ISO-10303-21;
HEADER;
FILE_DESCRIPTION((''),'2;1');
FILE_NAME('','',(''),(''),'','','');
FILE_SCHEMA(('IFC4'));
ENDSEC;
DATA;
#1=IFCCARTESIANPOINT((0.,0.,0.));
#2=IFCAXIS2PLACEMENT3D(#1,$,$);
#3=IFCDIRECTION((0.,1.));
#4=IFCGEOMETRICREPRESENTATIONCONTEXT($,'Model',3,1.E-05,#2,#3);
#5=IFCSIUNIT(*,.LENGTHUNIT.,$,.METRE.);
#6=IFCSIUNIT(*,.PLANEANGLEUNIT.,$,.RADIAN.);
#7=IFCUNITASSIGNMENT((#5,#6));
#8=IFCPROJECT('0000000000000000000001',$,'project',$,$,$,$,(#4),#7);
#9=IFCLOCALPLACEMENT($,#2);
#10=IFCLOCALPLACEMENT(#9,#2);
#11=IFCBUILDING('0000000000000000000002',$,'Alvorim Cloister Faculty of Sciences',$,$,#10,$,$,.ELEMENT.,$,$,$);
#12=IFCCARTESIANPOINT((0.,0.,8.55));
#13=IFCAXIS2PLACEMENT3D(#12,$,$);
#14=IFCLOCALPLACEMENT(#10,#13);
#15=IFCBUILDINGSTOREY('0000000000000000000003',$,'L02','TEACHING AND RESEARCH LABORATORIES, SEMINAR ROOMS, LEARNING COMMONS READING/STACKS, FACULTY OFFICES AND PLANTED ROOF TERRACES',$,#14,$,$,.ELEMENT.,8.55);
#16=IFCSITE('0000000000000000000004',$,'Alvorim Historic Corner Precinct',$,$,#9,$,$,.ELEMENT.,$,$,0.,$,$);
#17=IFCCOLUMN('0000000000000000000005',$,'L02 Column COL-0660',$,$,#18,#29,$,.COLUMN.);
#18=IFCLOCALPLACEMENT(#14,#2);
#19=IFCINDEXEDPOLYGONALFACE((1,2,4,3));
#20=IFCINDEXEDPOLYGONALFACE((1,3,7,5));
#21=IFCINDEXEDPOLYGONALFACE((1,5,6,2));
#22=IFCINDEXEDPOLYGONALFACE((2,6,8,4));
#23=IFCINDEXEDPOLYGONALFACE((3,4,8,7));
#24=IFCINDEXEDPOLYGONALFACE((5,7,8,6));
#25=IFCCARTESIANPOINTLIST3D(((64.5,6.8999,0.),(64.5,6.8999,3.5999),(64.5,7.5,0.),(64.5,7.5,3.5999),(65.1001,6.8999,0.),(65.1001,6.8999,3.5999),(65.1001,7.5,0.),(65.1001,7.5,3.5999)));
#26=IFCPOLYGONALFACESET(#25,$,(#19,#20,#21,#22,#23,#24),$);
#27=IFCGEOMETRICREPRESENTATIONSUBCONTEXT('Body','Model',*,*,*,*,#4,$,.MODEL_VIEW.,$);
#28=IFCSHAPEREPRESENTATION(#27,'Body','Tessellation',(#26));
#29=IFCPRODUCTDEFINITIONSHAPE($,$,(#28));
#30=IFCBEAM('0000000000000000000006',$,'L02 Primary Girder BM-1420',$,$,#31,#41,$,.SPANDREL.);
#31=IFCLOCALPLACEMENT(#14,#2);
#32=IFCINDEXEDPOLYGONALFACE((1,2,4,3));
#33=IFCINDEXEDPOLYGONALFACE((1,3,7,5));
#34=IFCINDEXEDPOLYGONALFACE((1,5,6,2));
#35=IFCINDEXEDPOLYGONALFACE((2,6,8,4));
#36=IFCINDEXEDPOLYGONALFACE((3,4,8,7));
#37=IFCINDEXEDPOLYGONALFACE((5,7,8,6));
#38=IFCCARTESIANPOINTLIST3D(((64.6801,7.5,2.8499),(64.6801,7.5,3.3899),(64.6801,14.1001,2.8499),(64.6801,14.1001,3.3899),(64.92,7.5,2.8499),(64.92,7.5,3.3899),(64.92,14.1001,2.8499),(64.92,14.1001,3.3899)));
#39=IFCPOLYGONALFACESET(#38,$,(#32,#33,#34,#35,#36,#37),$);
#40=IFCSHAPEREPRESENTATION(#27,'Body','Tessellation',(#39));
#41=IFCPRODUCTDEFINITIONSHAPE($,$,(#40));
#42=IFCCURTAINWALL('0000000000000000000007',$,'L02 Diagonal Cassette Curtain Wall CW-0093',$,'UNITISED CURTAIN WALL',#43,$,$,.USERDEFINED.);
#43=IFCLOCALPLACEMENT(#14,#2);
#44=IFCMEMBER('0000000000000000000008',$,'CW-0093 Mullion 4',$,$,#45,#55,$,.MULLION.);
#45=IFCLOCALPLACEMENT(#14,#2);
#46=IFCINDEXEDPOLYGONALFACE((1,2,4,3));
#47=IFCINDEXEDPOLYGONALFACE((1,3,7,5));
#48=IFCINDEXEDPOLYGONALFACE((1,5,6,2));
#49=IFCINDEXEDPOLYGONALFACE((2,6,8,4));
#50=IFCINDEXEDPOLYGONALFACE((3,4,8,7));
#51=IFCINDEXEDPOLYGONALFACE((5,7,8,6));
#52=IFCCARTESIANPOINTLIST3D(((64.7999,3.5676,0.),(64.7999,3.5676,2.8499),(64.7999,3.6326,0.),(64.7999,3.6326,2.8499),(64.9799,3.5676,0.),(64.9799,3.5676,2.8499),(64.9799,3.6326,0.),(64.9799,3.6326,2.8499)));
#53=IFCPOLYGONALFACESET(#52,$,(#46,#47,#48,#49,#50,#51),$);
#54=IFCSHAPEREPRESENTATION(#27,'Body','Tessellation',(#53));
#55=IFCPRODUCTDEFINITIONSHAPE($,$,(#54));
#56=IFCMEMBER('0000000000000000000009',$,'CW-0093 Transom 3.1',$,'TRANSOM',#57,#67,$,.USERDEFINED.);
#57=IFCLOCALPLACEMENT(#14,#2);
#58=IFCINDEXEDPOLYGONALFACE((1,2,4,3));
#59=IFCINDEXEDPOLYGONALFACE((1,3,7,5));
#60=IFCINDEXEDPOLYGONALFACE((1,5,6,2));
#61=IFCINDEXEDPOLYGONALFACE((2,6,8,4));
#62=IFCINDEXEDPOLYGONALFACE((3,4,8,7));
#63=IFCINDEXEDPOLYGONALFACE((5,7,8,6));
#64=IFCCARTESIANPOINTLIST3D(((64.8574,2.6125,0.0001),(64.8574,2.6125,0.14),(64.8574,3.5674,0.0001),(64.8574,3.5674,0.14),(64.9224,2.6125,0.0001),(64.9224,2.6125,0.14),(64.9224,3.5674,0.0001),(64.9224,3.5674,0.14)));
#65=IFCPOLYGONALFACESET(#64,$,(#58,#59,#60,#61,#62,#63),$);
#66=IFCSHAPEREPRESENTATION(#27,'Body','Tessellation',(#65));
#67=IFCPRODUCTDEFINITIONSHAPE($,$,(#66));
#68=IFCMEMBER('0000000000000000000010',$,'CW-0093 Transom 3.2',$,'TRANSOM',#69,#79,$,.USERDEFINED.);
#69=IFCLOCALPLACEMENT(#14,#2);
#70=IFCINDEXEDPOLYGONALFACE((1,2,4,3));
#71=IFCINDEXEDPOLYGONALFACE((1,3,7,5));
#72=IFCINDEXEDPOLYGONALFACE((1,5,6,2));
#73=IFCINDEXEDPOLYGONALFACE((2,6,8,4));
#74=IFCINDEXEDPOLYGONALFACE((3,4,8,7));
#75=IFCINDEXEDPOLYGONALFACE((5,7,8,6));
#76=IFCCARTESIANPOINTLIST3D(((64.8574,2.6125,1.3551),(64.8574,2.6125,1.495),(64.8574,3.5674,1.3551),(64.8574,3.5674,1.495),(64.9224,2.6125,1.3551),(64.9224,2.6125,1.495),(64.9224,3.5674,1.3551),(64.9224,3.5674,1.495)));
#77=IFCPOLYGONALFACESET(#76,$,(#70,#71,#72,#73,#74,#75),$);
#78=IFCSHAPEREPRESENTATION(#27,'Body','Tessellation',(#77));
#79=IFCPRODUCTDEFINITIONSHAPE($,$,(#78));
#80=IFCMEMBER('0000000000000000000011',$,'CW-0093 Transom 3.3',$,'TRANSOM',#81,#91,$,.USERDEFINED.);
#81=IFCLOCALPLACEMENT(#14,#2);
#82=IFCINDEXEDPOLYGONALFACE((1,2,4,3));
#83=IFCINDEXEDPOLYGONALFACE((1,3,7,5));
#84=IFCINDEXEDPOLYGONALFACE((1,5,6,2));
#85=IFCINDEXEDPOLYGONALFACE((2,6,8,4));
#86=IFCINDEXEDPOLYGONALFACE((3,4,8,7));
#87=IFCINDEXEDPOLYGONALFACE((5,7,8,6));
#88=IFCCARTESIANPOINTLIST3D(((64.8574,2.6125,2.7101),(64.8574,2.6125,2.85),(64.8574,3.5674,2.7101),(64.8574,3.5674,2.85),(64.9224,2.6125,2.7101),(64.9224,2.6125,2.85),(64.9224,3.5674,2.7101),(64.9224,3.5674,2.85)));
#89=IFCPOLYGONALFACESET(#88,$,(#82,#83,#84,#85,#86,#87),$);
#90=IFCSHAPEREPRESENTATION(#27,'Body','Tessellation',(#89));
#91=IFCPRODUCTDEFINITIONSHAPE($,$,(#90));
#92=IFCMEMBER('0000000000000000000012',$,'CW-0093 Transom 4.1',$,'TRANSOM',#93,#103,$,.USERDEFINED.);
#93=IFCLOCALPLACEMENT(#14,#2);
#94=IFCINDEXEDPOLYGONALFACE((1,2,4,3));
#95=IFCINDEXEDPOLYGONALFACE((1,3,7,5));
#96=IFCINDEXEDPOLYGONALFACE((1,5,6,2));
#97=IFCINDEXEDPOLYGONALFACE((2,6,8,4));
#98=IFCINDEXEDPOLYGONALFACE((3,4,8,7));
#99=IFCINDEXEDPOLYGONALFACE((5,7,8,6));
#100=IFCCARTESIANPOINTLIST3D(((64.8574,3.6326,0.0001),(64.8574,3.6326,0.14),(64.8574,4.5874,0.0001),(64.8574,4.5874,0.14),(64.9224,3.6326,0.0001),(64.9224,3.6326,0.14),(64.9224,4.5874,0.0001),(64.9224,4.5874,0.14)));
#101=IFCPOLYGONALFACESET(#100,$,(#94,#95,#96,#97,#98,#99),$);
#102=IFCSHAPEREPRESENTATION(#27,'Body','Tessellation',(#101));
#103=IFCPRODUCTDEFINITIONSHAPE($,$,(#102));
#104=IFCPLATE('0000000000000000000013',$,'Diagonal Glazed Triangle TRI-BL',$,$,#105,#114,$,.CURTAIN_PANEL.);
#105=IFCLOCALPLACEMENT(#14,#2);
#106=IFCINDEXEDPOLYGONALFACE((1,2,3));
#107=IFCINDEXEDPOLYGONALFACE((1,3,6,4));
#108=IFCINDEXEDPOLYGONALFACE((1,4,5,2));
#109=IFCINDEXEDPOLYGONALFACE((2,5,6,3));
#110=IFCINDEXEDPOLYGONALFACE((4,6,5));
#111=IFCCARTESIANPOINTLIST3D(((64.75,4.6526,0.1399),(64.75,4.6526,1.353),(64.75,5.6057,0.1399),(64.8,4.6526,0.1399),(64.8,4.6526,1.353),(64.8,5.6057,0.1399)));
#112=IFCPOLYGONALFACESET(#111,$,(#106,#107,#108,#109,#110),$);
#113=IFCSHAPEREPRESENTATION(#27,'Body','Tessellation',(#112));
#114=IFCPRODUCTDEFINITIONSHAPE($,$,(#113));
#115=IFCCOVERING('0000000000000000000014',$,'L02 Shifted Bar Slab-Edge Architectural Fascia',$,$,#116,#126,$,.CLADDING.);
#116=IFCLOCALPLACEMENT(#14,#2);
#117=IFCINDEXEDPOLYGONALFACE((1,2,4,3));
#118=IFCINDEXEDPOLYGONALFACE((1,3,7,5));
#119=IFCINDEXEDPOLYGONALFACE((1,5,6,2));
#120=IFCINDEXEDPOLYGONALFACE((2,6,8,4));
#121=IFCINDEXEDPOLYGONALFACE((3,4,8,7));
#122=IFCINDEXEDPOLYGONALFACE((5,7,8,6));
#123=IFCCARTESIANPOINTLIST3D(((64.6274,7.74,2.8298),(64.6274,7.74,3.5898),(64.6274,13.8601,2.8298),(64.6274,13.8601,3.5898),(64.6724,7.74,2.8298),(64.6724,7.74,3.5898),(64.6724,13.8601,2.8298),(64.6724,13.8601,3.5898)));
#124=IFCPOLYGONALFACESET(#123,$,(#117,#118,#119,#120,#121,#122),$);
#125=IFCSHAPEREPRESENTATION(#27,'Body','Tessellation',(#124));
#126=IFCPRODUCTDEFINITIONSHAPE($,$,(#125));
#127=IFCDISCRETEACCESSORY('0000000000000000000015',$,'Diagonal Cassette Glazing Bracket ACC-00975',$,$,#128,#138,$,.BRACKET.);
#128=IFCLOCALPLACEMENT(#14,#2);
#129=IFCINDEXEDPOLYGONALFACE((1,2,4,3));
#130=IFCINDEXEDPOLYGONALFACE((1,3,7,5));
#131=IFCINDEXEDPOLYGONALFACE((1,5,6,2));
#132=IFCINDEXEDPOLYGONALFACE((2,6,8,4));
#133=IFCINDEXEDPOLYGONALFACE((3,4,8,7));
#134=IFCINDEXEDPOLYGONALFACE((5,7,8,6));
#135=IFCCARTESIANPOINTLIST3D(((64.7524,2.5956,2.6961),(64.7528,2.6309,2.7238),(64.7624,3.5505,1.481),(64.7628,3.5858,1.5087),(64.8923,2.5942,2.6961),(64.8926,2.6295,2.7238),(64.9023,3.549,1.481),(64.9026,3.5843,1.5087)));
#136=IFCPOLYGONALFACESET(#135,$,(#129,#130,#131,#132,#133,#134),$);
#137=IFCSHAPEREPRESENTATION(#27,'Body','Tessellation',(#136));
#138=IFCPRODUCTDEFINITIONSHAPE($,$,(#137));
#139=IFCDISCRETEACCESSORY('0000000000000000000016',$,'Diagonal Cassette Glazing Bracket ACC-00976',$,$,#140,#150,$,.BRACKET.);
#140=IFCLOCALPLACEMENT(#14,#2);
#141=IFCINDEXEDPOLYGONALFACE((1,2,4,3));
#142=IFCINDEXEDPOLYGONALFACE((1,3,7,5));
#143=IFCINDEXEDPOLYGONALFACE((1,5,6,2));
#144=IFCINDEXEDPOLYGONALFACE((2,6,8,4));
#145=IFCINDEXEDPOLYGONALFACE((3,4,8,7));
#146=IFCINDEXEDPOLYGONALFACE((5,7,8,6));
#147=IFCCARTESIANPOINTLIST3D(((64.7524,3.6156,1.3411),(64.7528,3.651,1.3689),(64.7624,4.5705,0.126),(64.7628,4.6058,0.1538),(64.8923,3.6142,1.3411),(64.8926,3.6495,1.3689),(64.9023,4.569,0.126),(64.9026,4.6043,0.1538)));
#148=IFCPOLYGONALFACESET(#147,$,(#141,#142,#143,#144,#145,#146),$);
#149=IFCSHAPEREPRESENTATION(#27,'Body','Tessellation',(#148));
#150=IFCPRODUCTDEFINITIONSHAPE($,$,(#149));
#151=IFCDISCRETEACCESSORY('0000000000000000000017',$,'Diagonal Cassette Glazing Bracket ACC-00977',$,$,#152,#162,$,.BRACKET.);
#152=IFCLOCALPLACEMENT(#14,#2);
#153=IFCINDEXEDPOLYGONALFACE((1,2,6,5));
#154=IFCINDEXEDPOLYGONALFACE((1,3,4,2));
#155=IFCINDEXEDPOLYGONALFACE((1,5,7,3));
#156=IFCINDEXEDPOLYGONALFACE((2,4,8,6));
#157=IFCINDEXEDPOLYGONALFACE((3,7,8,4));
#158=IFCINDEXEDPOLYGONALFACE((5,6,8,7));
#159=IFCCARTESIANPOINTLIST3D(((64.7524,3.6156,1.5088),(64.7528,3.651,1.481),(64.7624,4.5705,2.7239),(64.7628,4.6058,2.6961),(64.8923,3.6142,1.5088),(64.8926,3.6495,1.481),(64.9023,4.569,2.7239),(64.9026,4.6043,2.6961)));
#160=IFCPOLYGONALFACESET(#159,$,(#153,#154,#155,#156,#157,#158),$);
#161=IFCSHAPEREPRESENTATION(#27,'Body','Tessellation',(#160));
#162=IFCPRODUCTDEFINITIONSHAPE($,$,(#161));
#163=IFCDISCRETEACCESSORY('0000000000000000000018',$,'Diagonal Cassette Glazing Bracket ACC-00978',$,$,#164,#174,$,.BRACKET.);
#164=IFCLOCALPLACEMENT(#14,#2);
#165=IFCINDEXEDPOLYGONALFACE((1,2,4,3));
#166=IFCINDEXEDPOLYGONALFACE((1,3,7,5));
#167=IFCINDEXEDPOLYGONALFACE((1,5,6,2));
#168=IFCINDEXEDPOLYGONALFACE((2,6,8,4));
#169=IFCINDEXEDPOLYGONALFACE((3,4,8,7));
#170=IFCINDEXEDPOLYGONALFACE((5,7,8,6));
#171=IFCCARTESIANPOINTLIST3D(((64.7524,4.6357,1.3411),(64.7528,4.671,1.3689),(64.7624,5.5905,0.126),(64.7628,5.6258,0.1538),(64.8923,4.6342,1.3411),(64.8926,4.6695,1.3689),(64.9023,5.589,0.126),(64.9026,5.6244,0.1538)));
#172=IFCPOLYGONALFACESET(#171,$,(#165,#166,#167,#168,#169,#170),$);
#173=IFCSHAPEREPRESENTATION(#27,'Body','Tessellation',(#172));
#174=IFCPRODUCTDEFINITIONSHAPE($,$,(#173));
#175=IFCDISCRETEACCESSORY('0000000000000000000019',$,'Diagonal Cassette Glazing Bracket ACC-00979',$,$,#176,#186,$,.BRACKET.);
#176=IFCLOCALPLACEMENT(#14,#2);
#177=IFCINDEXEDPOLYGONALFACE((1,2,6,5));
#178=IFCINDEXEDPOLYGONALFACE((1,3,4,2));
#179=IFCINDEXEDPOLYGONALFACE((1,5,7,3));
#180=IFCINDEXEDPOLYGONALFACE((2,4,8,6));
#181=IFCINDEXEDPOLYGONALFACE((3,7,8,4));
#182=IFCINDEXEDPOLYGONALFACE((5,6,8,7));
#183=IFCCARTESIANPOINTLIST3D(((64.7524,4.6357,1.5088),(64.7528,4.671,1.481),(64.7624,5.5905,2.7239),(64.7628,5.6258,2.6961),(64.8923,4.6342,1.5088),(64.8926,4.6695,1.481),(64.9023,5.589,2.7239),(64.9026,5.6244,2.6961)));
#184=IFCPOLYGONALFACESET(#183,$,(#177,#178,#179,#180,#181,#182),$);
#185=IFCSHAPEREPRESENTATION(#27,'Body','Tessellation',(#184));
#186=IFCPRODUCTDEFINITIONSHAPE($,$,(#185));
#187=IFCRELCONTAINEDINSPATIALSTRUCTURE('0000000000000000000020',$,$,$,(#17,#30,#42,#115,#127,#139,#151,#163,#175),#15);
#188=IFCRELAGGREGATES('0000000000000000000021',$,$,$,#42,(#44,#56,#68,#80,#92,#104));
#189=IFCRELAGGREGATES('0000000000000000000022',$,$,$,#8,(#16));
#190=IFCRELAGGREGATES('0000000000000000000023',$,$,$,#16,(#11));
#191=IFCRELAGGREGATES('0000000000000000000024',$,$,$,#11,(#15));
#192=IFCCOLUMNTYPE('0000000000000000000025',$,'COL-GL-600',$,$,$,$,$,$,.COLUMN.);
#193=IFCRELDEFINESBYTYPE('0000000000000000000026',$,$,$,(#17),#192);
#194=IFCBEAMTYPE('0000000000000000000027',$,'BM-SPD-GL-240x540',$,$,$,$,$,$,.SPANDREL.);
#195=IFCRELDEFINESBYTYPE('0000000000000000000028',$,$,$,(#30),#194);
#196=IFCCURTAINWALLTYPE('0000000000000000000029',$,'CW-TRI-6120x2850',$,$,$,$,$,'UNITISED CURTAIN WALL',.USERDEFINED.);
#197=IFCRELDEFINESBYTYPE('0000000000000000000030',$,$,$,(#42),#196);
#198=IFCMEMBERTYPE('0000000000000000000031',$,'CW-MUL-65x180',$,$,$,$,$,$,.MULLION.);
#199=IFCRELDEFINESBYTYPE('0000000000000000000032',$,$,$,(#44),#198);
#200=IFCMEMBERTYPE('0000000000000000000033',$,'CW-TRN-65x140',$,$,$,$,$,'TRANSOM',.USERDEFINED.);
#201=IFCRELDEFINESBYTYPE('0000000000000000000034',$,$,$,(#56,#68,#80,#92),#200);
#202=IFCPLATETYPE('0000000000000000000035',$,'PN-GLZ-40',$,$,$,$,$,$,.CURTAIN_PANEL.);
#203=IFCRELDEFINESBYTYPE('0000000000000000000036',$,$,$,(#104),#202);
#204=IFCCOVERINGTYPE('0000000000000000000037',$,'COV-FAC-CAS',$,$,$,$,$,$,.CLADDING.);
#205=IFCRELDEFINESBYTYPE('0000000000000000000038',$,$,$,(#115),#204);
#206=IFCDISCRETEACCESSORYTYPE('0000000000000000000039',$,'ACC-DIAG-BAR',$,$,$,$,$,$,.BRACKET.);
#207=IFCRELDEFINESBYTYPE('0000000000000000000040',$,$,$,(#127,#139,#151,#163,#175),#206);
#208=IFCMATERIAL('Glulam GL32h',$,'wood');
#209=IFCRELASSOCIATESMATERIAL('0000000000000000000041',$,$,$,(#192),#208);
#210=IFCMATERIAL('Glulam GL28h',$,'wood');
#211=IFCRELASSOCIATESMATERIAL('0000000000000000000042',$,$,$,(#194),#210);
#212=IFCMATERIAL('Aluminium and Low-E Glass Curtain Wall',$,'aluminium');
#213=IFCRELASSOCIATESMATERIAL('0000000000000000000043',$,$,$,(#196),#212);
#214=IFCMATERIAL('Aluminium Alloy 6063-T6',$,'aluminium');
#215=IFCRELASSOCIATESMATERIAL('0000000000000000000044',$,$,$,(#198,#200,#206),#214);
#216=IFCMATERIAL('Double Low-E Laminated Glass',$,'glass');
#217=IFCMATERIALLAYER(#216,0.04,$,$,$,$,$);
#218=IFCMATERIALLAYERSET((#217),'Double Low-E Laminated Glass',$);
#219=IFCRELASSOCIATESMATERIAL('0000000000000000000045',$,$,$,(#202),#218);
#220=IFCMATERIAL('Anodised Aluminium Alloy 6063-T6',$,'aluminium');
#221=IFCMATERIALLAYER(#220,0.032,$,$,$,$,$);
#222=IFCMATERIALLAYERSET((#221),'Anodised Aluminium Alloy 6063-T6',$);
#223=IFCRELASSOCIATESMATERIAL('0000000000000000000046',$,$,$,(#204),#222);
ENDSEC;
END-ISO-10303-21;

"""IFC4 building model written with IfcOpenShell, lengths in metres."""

from ifc_helpers import new_model, si_unit, direction, frame, origin, origin_2d, place, context, subcontext, project, spatial, polyline, rectangle, outline, extrude, material, layer, layer_set, material_profile, profile_set, type_object, element, aggregate, save


model = new_model("IFC4")

# Units and contexts
model_context = context("Model", 3, precision=1e-05, world=origin(), true_north=direction((0.0, 1.0)))
body_context = subcontext(model_context, "Body", "Model", "MODEL_VIEW")
ifc_project = project(units=[si_unit("LENGTHUNIT", "METRE"), si_unit("PLANEANGLEUNIT", "RADIAN")], contexts=[model_context])

# Site, building, storey
site_placement = place(None, origin())
site = spatial("IfcSite", under=ifc_project, at=site_placement, Name="Alvorim Historic Corner Precinct", CompositionType="ELEMENT", RefElevation=0.0)
building_placement = place(site_placement, origin())
building = spatial("IfcBuilding", under=site, at=building_placement, Name="Alvorim Cloister Faculty of Sciences", CompositionType="ELEMENT")
storey_placement = place(building_placement, frame((0.0, 0.0, 8.55)))
storey = spatial("IfcBuildingStorey", under=building, at=storey_placement, Name="L02", Description="TEACHING AND RESEARCH LABORATORIES, SEMINAR ROOMS, LEARNING COMMONS READING/STACKS, FACULTY OFFICES AND PLANTED ROOF TERRACES", CompositionType="ELEMENT", Elevation=8.55)

# Column
ifc_material_1 = material(Name="Glulam GL32h", Category="wood")
ifc_material_profile_1 = material_profile(ifc_material_1, rectangle(XDim=0.6001, YDim=0.6001, at=origin_2d()), Name="GL32-COL-600x600")
ifc_profile_set_1 = profile_set([ifc_material_profile_1], Name="Glulam GL32h")
column_type = type_object("IfcColumnType", Name="COL-GL-600", PredefinedType="COLUMN", material=ifc_profile_set_1)
column_placement = place(storey_placement, frame((64.8, 7.2, 0.0), z_axis=(0.0, 0.0, 1.0), x_axis=(1.0, 0.0, 0.0)))
element("IfcColumn", 1, at=column_placement, inside=storey, type_object=column_type, Name="L02 Column COL-0660", PredefinedType="COLUMN", context=body_context, shape_type="SweptSolid", body=[
    extrude(rectangle(XDim=0.6001, YDim=0.6001, at=origin_2d()), origin(), (0.0, 0.0, 1.0), 3.5999),
])

# Beam
ifc_material_2 = material(Name="Glulam GL28h", Category="wood")
ifc_material_profile_2 = material_profile(ifc_material_2, rectangle(XDim=0.24, YDim=0.54, at=origin_2d()), Name="GL28-SPD-240x540")
ifc_profile_set_2 = profile_set([ifc_material_profile_2], Name="Glulam GL28h")
beam_type = type_object("IfcBeamType", Name="BM-SPD-GL-240x540", PredefinedType="SPANDREL", material=ifc_profile_set_2)
beam_placement = place(storey_placement, frame((64.8, 7.5, 3.1199), z_axis=(0.0, 1.0, 0.0), x_axis=(-1.0, 0.0, 0.0)))
element("IfcBeam", 2, at=beam_placement, inside=storey, type_object=beam_type, Name="L02 Primary Girder BM-1420", PredefinedType="SPANDREL", context=body_context, shape_type="SweptSolid", body=[
    extrude(rectangle(XDim=0.24, YDim=0.54, at=origin_2d()), origin(), (0.0, 0.0, 1.0), 6.6001),
])

# Curtain wall, members, plate
ifc_material_3 = material(Name="Aluminium and Low-E Glass Curtain Wall", Category="aluminium")
curtain_wall_type = type_object("IfcCurtainWallType", Name="CW-TRI-6120x2850", ElementType="UNITISED CURTAIN WALL", PredefinedType="USERDEFINED", material=ifc_material_3)
curtain_wall_1_placement = place(storey_placement, origin())
curtain_wall_1 = element("IfcCurtainWall", 3, at=curtain_wall_1_placement, inside=storey, type_object=curtain_wall_type, Name="L02 Diagonal Cassette Curtain Wall CW-0093", ObjectType="UNITISED CURTAIN WALL", PredefinedType="USERDEFINED")
ifc_material_4 = material(Name="Aluminium Alloy 6063-T6", Category="aluminium")
ifc_material_profile_3 = material_profile(ifc_material_4, rectangle(XDim=0.0649, YDim=0.1799, at=origin_2d()), Name="ALU-MUL-65x180")
ifc_profile_set_3 = profile_set([ifc_material_profile_3], Name="Aluminium Alloy 6063-T6")
member_type_1 = type_object("IfcMemberType", Name="CW-MUL-65x180", PredefinedType="MULLION", material=ifc_profile_set_3)
member_1_placement = place(storey_placement, frame((64.8899, 3.6001, 0.0), z_axis=(0.0, 0.0, 1.0), x_axis=(0.0, 1.0, 0.0)))
member_1 = element("IfcMember", 4, at=member_1_placement, type_object=member_type_1, Name="CW-0093 Mullion 4", PredefinedType="MULLION", context=body_context, shape_type="SweptSolid", body=[
    extrude(rectangle(XDim=0.0649, YDim=0.1799, at=origin_2d()), origin(), (0.0, 0.0, 1.0), 2.8499),
])
ifc_material_profile_4 = material_profile(ifc_material_4, rectangle(XDim=0.0649, YDim=0.1399, at=origin_2d()), Name="ALU-TRN-65x140")
ifc_profile_set_4 = profile_set([ifc_material_profile_4], Name="Aluminium Alloy 6063-T6")
member_type_2 = type_object("IfcMemberType", Name="CW-TRN-65x140", ElementType="TRANSOM", PredefinedType="USERDEFINED", material=ifc_profile_set_4)
member_2_placement = place(storey_placement, frame((64.8899, 2.6125, 0.0701), z_axis=(0.0, 1.0, 0.0), x_axis=(-1.0, 0.0, 0.0)))
member_2 = element("IfcMember", 5, at=member_2_placement, type_object=member_type_2, Name="CW-0093 Transom 3.1", ObjectType="TRANSOM", PredefinedType="USERDEFINED", context=body_context, shape_type="SweptSolid", body=[
    extrude(rectangle(XDim=0.0649, YDim=0.1399, at=origin_2d()), origin(), (0.0, 0.0, 1.0), 0.9548),
])
member_3_placement = place(storey_placement, frame((64.8899, 2.6125, 1.425), z_axis=(0.0, 1.0, 0.0), x_axis=(-1.0, 0.0, 0.0)))
member_3 = element("IfcMember", 6, at=member_3_placement, type_object=member_type_2, Name="CW-0093 Transom 3.2", ObjectType="TRANSOM", PredefinedType="USERDEFINED", context=body_context, shape_type="SweptSolid", body=[
    extrude(rectangle(XDim=0.0649, YDim=0.1399, at=origin_2d()), origin(), (0.0, 0.0, 1.0), 0.9548),
])
member_4_placement = place(storey_placement, frame((64.8899, 2.6125, 2.78), z_axis=(0.0, 1.0, 0.0), x_axis=(-1.0, 0.0, 0.0)))
member_4 = element("IfcMember", 7, at=member_4_placement, type_object=member_type_2, Name="CW-0093 Transom 3.3", ObjectType="TRANSOM", PredefinedType="USERDEFINED", context=body_context, shape_type="SweptSolid", body=[
    extrude(rectangle(XDim=0.0649, YDim=0.1399, at=origin_2d()), origin(), (0.0, 0.0, 1.0), 0.9548),
])
member_5_placement = place(storey_placement, frame((64.8899, 3.6326, 0.0701), z_axis=(0.0, 1.0, 0.0), x_axis=(-1.0, 0.0, 0.0)))
member_5 = element("IfcMember", 8, at=member_5_placement, type_object=member_type_2, Name="CW-0093 Transom 4.1", ObjectType="TRANSOM", PredefinedType="USERDEFINED", context=body_context, shape_type="SweptSolid", body=[
    extrude(rectangle(XDim=0.0649, YDim=0.1399, at=origin_2d()), origin(), (0.0, 0.0, 1.0), 0.9548),
])
ifc_material_5 = material(Name="Double Low-E Laminated Glass", Category="glass")
ifc_layer_1 = layer(ifc_material_5, 0.04)
ifc_layer_set_1 = layer_set([ifc_layer_1], Name="Double Low-E Laminated Glass")
plate_type = type_object("IfcPlateType", Name="PN-GLZ-40", PredefinedType="CURTAIN_PANEL", material=ifc_layer_set_1)
plate_1_placement = place(storey_placement, frame((64.7749, 4.6526, 0.1399), z_axis=(0.0, 0.0, 1.0), x_axis=(0.0, 1.0, 0.0)))
plate_1 = element("IfcPlate", 9, at=plate_1_placement, type_object=plate_type, Name="Diagonal Glazed Triangle TRI-BL", PredefinedType="CURTAIN_PANEL", context=body_context, shape_type="SweptSolid", body=[
    extrude(outline(polyline([(0.0, 0.0), (0.9531, 0.0), (0.0, 1.2131), (0.0, 0.0)])), frame((0.0, 0.0249, 0.0), z_axis=(0.0, -1.0, 0.0), x_axis=(1.0, 0.0, 0.0)), (0.0, 0.0, 1.0), 0.05),
])
aggregate(curtain_wall_1, [member_1, member_2, member_3, member_4, member_5, plate_1])

# Covering
ifc_material_6 = material(Name="Anodised Aluminium Alloy 6063-T6", Category="aluminium")
ifc_layer_2 = layer(ifc_material_6, 0.032)
ifc_layer_set_2 = layer_set([ifc_layer_2], Name="Anodised Aluminium Alloy 6063-T6")
covering_type = type_object("IfcCoveringType", Name="COV-FAC-CAS", PredefinedType="CLADDING", material=ifc_layer_set_2)
covering_placement = place(storey_placement, frame((64.6499, 7.74, 2.8298), z_axis=(0.0, 0.0, 1.0), x_axis=(0.0, 1.0, 0.0)))
element("IfcCovering", 10, at=covering_placement, inside=storey, type_object=covering_type, Name="L02 Shifted Bar Slab-Edge Architectural Fascia", PredefinedType="CLADDING", context=body_context, shape_type="SweptSolid", body=[
    extrude(outline(polyline([(0.0, 0.0), (6.1201, 0.0), (6.1201, 0.76), (0.0, 0.76), (0.0, 0.0)])), frame((0.0, 0.0225, 0.0), z_axis=(0.0, -1.0, 0.0), x_axis=(1.0, 0.0, 0.0)), (0.0, 0.0, 1.0), 0.0449),
])

# Discrete accessories
discrete_accessory_type = type_object("IfcDiscreteAccessoryType", Name="ACC-DIAG-BAR", PredefinedType="BRACKET", material=ifc_material_4)
for number, where, z_axis, x_axis, name in (
    (11, (64.8225, 2.6125, 2.71), (0.006477, 0.617857, -0.786263), (-0.999945, 0.010483, 0.0), "Diagonal Cassette Glazing Bracket ACC-00975"),
    (12, (64.8225, 3.6326, 1.355), (0.006477, 0.617857, -0.786263), (-0.999945, 0.010483, 0.0), "Diagonal Cassette Glazing Bracket ACC-00976"),
    (13, (64.8225, 3.6326, 1.4949), (0.006477, 0.617857, 0.786263), (-0.999945, 0.010483, 0.0), "Diagonal Cassette Glazing Bracket ACC-00977"),
    (14, (64.8225, 4.6526, 1.355), (0.006477, 0.617857, -0.786263), (-0.999945, 0.010483, 0.0), "Diagonal Cassette Glazing Bracket ACC-00978"),
    (15, (64.8225, 4.6526, 1.4949), (0.006477, 0.617857, 0.786263), (-0.999945, 0.010483, 0.0), "Diagonal Cassette Glazing Bracket ACC-00979"),
):
    element("IfcDiscreteAccessory", number, at=place(storey_placement, frame(where, z_axis=z_axis, x_axis=x_axis)), inside=storey, type_object=discrete_accessory_type, Name=name, PredefinedType="BRACKET", context=body_context, shape_type="SweptSolid", body=[
        extrude(rectangle(XDim=0.1399, YDim=0.0449, at=origin_2d()), origin(), (0.0, 0.0, 1.0), 1.5454),
    ])

save(model, "model.ifc")
